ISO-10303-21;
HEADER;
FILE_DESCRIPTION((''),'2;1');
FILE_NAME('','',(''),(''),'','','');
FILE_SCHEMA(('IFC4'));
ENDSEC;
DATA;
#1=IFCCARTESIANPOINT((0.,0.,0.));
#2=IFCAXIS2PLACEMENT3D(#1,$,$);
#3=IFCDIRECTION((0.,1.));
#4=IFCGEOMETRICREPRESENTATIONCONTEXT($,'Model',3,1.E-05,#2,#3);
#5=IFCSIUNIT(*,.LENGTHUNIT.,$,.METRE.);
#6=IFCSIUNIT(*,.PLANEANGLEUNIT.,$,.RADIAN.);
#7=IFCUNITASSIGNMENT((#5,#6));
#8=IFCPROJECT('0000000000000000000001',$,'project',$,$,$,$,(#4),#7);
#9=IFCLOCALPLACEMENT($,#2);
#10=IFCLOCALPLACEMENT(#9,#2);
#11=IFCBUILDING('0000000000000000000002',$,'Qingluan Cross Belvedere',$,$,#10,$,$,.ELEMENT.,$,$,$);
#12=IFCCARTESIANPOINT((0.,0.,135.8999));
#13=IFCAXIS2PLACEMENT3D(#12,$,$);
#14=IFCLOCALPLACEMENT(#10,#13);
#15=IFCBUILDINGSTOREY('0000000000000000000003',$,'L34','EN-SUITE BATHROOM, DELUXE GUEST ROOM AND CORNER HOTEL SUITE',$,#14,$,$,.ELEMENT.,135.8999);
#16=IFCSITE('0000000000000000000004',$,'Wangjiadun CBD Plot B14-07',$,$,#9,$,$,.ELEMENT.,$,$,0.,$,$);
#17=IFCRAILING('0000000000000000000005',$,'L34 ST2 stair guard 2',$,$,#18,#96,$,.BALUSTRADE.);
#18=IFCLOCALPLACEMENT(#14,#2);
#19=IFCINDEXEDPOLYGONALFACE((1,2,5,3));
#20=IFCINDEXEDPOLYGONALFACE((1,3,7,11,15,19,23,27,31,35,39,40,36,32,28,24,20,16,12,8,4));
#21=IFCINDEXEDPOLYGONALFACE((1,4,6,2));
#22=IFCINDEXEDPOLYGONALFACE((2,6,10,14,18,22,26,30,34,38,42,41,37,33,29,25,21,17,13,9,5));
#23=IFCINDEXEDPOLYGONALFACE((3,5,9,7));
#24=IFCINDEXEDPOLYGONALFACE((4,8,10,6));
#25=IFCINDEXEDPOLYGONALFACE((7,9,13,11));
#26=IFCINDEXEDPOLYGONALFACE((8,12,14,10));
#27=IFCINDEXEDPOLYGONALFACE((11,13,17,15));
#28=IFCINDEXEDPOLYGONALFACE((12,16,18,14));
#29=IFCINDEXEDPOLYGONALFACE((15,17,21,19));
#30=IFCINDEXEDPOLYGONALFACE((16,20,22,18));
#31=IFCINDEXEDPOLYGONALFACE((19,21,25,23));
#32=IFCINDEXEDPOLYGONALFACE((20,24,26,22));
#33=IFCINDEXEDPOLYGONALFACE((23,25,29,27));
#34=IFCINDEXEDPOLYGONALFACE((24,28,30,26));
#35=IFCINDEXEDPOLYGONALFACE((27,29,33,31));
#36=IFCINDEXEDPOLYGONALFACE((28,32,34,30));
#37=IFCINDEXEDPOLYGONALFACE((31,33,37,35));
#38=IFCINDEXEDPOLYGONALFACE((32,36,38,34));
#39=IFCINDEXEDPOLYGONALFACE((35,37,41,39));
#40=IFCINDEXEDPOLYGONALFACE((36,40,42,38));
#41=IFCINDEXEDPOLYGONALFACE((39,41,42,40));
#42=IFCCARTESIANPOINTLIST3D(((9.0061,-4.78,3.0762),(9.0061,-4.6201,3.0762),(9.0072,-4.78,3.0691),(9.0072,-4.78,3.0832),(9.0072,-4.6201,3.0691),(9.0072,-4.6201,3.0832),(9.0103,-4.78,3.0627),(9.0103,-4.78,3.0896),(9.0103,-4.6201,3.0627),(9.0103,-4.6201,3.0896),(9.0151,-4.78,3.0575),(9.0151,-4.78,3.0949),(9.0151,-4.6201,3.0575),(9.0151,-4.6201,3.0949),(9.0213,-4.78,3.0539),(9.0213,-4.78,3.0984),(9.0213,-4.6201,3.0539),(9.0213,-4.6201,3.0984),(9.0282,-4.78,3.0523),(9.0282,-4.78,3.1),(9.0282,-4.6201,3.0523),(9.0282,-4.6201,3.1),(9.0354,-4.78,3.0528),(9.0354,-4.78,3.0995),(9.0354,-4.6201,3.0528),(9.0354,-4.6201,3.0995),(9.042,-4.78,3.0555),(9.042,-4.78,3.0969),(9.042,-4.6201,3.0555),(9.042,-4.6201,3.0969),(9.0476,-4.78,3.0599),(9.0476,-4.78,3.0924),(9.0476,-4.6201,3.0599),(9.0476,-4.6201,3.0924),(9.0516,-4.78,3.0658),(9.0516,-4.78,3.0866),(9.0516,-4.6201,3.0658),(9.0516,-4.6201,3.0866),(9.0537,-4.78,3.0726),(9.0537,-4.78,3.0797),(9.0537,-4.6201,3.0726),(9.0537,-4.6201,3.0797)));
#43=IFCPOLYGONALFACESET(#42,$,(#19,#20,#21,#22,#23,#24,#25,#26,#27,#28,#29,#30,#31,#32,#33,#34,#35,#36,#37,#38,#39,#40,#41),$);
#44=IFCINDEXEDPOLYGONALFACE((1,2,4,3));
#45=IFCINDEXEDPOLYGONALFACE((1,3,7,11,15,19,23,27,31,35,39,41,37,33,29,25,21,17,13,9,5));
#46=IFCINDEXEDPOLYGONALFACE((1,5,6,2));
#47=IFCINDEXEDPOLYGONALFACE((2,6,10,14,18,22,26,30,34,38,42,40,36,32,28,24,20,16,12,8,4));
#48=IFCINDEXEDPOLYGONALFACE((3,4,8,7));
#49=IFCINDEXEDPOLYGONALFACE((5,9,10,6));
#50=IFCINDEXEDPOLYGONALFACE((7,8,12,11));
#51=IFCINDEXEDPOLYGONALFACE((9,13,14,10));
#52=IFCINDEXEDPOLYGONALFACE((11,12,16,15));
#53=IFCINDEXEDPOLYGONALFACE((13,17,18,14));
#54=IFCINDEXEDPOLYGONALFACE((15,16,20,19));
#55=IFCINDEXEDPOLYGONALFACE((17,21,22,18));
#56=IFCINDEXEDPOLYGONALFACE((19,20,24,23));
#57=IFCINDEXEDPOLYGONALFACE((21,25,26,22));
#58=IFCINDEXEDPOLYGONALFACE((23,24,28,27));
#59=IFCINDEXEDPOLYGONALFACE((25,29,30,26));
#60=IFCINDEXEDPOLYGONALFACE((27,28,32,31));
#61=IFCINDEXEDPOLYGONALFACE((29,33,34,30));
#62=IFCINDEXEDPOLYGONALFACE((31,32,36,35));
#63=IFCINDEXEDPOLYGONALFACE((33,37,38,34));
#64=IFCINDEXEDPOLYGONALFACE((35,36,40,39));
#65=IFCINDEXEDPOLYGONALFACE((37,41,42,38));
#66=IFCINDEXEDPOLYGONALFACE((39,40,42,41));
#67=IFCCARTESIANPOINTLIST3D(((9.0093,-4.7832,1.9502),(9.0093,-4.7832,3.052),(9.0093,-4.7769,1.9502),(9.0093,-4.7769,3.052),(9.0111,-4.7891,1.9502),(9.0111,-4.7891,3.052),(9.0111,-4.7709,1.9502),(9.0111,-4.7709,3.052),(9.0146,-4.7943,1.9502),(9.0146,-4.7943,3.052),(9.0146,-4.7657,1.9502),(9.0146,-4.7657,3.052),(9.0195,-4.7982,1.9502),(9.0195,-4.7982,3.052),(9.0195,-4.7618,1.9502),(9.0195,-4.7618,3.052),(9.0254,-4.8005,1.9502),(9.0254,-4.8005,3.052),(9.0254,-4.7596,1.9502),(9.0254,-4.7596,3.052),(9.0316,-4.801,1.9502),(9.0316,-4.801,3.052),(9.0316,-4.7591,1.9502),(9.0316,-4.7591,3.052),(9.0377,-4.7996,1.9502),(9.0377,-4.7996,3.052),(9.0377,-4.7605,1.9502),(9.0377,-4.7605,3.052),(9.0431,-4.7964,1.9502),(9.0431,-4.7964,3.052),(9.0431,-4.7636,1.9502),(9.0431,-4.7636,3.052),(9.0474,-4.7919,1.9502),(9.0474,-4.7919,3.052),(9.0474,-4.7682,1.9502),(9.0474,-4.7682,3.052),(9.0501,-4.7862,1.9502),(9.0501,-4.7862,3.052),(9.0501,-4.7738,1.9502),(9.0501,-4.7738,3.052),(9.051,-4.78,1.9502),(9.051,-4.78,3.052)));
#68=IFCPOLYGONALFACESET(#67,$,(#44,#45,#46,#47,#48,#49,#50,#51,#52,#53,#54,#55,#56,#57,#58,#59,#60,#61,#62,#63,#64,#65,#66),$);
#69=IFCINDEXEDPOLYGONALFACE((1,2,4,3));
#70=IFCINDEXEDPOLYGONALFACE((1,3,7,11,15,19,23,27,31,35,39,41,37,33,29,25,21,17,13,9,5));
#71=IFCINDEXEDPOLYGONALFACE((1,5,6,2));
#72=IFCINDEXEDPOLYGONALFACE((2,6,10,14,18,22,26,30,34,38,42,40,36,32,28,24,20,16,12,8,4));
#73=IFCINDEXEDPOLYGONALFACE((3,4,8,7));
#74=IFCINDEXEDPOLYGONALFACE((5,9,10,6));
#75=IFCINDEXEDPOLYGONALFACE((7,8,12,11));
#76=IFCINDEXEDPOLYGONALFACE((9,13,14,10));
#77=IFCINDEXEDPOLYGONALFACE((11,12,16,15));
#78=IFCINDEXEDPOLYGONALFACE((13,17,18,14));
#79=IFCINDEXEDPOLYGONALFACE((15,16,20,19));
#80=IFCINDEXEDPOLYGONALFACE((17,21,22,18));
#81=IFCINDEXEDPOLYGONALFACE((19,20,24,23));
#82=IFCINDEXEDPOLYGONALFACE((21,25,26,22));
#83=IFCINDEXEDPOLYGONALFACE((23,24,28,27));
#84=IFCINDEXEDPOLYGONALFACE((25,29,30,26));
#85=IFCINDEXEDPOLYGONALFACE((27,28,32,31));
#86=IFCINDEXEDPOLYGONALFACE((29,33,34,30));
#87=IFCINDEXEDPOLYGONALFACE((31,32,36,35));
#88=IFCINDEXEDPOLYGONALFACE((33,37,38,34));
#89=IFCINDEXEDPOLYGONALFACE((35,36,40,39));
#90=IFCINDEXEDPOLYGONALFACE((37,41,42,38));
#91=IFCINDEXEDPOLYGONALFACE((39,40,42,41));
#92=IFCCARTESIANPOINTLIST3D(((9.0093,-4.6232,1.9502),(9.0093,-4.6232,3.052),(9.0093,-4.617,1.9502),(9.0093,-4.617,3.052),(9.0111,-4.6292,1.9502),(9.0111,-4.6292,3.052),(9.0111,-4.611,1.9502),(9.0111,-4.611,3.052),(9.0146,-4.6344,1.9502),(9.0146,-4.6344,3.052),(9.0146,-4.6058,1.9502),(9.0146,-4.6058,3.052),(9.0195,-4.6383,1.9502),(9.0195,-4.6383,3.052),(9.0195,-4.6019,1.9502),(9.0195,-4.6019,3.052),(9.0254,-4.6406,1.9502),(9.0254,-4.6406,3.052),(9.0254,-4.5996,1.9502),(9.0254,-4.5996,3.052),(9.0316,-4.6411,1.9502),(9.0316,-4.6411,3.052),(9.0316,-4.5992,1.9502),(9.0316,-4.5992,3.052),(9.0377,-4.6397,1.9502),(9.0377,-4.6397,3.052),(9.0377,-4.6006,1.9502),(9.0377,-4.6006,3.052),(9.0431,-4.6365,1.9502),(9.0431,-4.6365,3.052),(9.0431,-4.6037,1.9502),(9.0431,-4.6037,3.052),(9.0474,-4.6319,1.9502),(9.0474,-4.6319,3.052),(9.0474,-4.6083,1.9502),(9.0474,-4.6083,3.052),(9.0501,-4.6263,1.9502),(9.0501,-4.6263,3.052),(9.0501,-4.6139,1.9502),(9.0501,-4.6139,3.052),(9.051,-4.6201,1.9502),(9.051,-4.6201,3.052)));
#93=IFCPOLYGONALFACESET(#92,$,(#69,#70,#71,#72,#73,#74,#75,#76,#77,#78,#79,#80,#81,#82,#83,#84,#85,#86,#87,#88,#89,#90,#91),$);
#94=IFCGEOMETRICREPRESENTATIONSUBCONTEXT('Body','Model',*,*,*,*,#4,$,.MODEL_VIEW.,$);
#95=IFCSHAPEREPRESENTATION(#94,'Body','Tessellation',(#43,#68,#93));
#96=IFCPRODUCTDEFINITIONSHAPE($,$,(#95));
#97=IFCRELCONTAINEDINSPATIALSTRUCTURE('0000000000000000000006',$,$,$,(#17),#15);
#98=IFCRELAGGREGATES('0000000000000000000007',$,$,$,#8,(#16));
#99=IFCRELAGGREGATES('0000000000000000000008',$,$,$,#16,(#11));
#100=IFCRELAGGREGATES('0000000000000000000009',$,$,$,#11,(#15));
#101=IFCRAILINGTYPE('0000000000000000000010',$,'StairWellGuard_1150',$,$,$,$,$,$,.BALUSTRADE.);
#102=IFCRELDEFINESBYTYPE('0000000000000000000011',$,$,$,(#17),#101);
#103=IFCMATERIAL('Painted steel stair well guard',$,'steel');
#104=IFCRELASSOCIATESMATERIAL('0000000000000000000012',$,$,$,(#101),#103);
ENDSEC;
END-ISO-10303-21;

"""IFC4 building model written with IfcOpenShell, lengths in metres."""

from ifc_helpers import new_model, si_unit, direction, frame, origin, origin_2d, place, context, subcontext, project, spatial, circle, extrude, material, type_object, element, save


model = new_model("IFC4")

# Units and contexts
model_context = context("Model", 3, precision=1e-05, world=origin(), true_north=direction((0.0, 1.0)))
body_context = subcontext(model_context, "Body", "Model", "MODEL_VIEW")
ifc_project = project(units=[si_unit("LENGTHUNIT", "METRE"), si_unit("PLANEANGLEUNIT", "RADIAN")], contexts=[model_context])

# Site, building, storey
site_placement = place(None, origin())
site = spatial("IfcSite", under=ifc_project, at=site_placement, Name="Wangjiadun CBD Plot B14-07", CompositionType="ELEMENT", RefElevation=0.0)
building_placement = place(site_placement, origin())
building = spatial("IfcBuilding", under=site, at=building_placement, Name="Qingluan Cross Belvedere", CompositionType="ELEMENT")
storey_placement = place(building_placement, frame((0.0, 0.0, 135.8999)))
storey = spatial("IfcBuildingStorey", under=building, at=storey_placement, Name="L34", Description="EN-SUITE BATHROOM, DELUXE GUEST ROOM AND CORNER HOTEL SUITE", CompositionType="ELEMENT", Elevation=135.8999)

# Railing
ifc_material_1 = material(Name="Painted steel stair well guard", Category="steel")
railing_type_1 = type_object("IfcRailingType", Name="StairWellGuard_1150", PredefinedType="BALUSTRADE", material=ifc_material_1)
railing_1_placement = place(storey_placement, frame((9.03, -4.78, 1.9502)))
element("IfcRailing", 1, at=railing_1_placement, inside=storey, type_object=railing_type_1, Name="L34 ST2 stair guard 2", PredefinedType="BALUSTRADE", context=body_context, shape_type="SweptSolid", body=[
    extrude(circle(Radius=0.0239, at=origin_2d()), frame((0.0, 0.0, 1.126), z_axis=(0.0, 1.0, 0.0), x_axis=(-1.0, 0.0, 0.0)), (0.0, 0.0, 1.0), 0.1599),
    extrude(circle(Radius=0.021, at=origin_2d()), origin(), (0.0, 0.0, 1.0), 1.1018),
    extrude(circle(Radius=0.021, at=origin_2d()), frame((0.0, 0.1599, 0.0)), (0.0, 0.0, 1.0), 1.1018),
])

save(model, "model.ifc")
